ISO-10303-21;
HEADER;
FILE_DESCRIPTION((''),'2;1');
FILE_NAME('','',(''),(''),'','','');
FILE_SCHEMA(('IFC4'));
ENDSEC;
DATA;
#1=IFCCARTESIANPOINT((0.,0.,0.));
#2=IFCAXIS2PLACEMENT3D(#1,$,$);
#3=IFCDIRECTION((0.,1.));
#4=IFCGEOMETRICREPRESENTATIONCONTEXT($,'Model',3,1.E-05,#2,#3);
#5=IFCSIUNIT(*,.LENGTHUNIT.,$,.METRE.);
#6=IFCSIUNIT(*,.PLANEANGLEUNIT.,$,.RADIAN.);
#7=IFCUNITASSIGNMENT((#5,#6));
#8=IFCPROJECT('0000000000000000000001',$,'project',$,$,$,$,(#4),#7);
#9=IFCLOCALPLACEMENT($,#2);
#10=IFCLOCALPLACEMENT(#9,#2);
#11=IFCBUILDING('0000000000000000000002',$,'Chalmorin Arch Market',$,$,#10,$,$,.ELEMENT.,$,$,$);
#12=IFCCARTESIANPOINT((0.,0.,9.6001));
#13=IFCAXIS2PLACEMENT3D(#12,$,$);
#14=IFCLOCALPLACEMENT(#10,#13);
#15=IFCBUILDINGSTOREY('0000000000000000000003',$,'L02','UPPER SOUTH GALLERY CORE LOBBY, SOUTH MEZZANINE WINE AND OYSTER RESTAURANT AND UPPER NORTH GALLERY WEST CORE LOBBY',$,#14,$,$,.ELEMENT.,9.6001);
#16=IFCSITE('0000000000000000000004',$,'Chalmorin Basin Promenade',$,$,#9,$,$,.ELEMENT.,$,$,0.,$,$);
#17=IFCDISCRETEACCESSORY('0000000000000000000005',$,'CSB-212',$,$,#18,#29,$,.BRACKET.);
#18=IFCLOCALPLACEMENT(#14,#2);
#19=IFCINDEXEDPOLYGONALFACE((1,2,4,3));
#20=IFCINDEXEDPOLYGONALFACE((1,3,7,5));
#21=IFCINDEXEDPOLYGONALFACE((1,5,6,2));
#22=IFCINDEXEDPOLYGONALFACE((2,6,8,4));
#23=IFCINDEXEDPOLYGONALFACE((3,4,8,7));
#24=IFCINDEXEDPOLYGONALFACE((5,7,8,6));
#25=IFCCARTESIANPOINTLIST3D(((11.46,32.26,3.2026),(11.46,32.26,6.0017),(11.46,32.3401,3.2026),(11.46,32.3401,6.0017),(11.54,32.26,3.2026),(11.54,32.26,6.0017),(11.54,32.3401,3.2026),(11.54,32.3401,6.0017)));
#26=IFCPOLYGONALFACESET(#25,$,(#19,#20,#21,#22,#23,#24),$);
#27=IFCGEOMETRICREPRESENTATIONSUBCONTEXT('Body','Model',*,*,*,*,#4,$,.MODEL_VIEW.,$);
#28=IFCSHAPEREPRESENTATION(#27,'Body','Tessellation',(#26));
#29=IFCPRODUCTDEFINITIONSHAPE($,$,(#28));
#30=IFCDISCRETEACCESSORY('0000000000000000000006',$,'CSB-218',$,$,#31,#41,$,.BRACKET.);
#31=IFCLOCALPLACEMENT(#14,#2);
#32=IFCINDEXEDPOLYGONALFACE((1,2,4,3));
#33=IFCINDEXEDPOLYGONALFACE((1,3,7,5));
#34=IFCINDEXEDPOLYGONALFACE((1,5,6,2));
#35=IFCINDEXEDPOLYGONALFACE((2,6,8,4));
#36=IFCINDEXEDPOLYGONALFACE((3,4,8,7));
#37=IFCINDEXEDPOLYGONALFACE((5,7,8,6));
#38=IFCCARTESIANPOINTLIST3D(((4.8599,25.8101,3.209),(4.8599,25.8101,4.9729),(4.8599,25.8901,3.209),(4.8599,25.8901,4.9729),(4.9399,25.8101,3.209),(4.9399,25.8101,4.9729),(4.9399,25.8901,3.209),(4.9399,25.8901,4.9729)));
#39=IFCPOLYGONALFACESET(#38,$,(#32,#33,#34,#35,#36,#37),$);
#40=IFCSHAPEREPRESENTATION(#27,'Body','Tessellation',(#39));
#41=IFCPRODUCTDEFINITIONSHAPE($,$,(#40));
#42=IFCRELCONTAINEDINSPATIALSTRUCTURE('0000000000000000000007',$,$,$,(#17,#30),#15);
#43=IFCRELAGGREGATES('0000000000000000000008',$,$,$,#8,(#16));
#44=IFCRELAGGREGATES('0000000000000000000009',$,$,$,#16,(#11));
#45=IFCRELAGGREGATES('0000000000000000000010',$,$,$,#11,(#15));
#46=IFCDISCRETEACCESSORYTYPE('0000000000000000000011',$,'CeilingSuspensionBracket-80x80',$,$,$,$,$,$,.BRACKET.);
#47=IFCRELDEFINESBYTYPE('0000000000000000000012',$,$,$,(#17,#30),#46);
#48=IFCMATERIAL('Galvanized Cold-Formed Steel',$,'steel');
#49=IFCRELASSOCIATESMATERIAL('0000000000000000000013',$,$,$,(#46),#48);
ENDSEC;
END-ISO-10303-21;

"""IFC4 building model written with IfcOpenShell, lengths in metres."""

from ifc_helpers import new_model, si_unit, direction, frame, origin, origin_2d, place, context, subcontext, project, spatial, rectangle, extrude, material, type_object, element, save


model = new_model("IFC4")

# Units and contexts
model_context = context("Model", 3, precision=1e-05, world=origin(), true_north=direction((0.0, 1.0)))
body_context = subcontext(model_context, "Body", "Model", "MODEL_VIEW")
ifc_project = project(units=[si_unit("LENGTHUNIT", "METRE"), si_unit("PLANEANGLEUNIT", "RADIAN")], contexts=[model_context])

# Site, building, storey
site_placement = place(None, origin())
site = spatial("IfcSite", under=ifc_project, at=site_placement, Name="Chalmorin Basin Promenade", CompositionType="ELEMENT", RefElevation=0.0)
building_placement = place(site_placement, origin())
building = spatial("IfcBuilding", under=site, at=building_placement, Name="Chalmorin Arch Market", CompositionType="ELEMENT")
storey_placement = place(building_placement, frame((0.0, 0.0, 9.6001)))
storey = spatial("IfcBuildingStorey", under=building, at=storey_placement, Name="L02", Description="UPPER SOUTH GALLERY CORE LOBBY, SOUTH MEZZANINE WINE AND OYSTER RESTAURANT AND UPPER NORTH GALLERY WEST CORE LOBBY", CompositionType="ELEMENT", Elevation=9.6001)

# Discrete accessories
ifc_material_1 = material(Name="Galvanized Cold-Formed Steel", Category="steel")
discrete_accessory_type = type_object("IfcDiscreteAccessoryType", Name="CeilingSuspensionBracket-80x80", PredefinedType="BRACKET", material=ifc_material_1)
discrete_accessory_1_placement = place(storey_placement, frame((11.5, 32.3, 3.2026), z_axis=(0.0, 0.0, 1.0), x_axis=(1.0, 0.0, 0.0)))
element("IfcDiscreteAccessory", 1, at=discrete_accessory_1_placement, inside=storey, type_object=discrete_accessory_type, Name="CSB-212", PredefinedType="BRACKET", context=body_context, shape_type="SweptSolid", body=[
    extrude(rectangle(XDim=0.0801, YDim=0.0801, at=origin_2d()), origin(), (0.0, 0.0, 1.0), 2.7991),
])
discrete_accessory_2_placement = place(storey_placement, frame((4.8999, 25.8501, 3.209), z_axis=(0.0, 0.0, 1.0), x_axis=(1.0, 0.0, 0.0)))
element("IfcDiscreteAccessory", 2, at=discrete_accessory_2_placement, inside=storey, type_object=discrete_accessory_type, Name="CSB-218", PredefinedType="BRACKET", context=body_context, shape_type="SweptSolid", body=[
    extrude(rectangle(XDim=0.0801, YDim=0.0801, at=origin_2d()), origin(), (0.0, 0.0, 1.0), 1.7639),
])

save(model, "model.ifc")
